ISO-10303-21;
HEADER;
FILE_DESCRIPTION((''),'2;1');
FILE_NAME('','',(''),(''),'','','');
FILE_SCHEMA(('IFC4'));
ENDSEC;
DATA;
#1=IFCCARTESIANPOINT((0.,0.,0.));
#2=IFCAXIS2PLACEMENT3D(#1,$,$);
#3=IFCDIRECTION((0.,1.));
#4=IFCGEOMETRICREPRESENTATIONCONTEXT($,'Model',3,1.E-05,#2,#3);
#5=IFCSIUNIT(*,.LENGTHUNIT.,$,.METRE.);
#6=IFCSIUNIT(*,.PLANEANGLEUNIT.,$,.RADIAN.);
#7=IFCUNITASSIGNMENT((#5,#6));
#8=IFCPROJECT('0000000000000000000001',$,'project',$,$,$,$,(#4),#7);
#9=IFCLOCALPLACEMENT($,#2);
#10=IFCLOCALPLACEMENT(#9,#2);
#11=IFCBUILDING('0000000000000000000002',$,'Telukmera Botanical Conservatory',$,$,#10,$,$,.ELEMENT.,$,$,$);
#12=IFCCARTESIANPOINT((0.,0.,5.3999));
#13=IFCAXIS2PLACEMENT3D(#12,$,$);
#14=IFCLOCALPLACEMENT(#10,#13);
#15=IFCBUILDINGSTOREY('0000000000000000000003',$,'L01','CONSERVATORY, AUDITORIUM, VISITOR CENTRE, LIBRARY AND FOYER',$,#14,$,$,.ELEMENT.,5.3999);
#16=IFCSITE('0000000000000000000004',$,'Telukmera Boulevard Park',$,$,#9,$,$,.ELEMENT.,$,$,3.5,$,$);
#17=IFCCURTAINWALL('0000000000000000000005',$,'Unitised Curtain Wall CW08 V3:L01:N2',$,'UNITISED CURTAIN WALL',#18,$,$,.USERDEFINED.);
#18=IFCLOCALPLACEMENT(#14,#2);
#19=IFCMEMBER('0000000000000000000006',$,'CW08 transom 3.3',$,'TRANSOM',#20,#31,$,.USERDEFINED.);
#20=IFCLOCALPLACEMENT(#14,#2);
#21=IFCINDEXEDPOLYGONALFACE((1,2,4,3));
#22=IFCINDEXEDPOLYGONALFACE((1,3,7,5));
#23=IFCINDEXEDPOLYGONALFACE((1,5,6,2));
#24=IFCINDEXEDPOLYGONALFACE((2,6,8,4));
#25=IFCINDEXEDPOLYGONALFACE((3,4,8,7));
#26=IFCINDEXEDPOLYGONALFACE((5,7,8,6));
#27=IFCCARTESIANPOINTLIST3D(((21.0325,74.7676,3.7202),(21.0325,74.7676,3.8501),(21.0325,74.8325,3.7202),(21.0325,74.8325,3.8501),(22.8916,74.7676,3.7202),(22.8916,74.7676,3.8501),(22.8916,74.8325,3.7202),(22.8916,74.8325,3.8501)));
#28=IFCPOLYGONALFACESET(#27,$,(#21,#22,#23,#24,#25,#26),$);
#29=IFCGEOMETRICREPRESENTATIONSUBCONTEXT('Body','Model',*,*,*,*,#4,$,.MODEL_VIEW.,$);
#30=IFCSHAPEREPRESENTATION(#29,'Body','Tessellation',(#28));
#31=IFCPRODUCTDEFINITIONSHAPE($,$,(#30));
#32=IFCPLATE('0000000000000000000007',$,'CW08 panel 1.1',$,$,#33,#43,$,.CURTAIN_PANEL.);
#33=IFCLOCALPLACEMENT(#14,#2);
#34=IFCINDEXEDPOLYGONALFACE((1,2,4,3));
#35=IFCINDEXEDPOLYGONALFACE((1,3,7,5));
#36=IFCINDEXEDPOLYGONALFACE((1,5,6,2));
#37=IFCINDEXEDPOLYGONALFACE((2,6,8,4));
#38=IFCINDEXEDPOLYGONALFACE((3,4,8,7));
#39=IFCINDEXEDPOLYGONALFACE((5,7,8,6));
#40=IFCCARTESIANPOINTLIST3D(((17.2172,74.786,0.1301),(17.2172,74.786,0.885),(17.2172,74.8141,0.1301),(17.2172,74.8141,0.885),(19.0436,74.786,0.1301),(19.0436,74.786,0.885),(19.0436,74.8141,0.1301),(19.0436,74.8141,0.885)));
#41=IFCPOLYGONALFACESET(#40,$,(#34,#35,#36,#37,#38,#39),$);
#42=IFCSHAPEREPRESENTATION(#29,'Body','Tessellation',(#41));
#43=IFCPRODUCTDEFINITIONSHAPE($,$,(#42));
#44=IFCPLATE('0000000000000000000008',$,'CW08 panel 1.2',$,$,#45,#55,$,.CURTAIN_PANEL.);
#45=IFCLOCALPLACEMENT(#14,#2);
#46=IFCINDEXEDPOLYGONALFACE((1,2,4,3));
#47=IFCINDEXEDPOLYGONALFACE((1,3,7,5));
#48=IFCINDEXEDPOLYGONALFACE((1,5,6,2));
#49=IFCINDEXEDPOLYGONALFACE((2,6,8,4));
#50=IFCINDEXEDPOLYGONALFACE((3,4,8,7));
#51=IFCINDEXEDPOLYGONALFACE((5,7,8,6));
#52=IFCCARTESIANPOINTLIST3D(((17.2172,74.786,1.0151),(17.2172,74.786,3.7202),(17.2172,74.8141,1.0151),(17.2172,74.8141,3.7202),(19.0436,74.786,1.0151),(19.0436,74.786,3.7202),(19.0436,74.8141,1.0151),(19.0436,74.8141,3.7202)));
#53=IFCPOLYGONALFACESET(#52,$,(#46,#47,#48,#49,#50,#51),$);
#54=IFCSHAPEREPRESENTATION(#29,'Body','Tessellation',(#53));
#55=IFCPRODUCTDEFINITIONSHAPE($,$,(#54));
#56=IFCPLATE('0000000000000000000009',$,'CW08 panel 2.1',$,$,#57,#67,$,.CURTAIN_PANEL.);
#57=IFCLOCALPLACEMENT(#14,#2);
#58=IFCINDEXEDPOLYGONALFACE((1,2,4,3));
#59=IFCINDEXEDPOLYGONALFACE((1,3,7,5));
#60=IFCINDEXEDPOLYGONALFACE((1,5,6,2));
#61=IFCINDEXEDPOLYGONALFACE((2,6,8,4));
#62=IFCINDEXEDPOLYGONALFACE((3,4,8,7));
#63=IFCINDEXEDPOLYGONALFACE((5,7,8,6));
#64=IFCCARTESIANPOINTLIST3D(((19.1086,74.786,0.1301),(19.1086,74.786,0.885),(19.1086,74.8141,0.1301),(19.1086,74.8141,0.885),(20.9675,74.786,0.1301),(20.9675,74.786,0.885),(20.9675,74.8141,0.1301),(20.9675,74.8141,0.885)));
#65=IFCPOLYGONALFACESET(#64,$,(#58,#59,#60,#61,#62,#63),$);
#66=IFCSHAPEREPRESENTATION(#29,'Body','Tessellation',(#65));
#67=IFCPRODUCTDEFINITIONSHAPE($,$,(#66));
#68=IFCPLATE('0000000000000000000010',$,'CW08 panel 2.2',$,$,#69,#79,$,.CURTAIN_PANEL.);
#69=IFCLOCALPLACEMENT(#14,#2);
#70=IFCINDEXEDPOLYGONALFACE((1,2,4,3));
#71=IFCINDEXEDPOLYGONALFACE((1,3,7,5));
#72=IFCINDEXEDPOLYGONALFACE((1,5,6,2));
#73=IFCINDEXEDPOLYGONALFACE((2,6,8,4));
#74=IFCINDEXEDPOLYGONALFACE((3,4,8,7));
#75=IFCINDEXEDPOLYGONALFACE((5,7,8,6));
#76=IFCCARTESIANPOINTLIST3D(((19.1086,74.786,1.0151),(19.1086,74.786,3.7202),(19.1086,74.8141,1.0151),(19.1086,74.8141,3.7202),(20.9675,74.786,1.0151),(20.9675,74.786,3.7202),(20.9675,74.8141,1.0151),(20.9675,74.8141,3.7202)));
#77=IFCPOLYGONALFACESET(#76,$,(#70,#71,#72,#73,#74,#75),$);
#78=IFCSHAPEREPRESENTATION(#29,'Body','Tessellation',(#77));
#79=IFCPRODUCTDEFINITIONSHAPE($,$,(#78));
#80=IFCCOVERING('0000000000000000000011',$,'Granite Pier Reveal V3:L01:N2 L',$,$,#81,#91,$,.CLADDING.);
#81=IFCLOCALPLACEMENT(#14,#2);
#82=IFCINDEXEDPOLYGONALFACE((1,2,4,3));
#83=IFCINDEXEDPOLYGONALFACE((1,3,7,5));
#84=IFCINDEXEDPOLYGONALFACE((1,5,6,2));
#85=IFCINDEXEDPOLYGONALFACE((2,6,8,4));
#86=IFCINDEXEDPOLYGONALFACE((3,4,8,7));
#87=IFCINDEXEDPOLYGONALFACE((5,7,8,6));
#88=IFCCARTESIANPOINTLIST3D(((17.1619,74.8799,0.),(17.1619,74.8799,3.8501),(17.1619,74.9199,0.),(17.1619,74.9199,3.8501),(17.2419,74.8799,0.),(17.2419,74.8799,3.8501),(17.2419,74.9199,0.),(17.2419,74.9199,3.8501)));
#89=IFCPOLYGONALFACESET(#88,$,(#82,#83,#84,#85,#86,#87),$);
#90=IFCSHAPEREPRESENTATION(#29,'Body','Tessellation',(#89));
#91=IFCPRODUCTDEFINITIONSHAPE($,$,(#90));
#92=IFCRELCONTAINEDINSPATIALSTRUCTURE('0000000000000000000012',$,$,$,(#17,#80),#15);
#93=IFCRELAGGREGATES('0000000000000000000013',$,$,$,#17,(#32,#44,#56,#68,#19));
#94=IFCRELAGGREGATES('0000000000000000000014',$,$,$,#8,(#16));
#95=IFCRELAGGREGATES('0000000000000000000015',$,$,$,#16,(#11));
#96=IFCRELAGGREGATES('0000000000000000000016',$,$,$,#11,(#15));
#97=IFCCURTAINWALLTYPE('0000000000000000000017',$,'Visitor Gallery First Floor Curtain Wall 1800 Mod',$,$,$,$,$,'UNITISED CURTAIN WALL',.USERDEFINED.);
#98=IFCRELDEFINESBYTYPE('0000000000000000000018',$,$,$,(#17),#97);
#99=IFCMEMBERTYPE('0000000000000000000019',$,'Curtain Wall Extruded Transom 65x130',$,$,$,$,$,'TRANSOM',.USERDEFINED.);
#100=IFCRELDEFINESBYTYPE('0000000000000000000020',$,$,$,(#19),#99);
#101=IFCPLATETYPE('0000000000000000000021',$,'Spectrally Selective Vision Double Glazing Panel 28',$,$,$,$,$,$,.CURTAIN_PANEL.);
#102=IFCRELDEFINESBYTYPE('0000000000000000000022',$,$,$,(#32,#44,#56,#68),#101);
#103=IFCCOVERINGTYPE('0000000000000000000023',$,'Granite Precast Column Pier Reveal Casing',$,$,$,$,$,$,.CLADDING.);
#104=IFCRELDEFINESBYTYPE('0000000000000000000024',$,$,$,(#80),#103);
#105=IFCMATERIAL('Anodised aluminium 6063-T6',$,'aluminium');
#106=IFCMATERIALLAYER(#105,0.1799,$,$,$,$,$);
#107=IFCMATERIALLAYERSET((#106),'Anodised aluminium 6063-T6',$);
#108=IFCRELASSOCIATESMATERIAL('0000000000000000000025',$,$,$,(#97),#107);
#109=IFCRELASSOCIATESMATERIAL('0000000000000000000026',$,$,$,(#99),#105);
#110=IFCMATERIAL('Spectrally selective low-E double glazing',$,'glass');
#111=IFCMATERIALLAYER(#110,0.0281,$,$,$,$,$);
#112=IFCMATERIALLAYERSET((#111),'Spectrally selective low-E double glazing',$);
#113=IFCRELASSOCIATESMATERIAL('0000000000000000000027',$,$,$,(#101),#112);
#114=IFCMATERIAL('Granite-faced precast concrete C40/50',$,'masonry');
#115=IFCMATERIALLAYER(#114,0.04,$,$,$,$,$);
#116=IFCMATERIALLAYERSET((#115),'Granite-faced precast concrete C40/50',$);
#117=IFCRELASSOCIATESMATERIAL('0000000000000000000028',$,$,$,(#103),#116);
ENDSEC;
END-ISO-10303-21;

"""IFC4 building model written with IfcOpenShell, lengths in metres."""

from ifc_helpers import new_model, si_unit, direction, frame, origin, origin_2d, place, context, subcontext, project, spatial, rectangle, extrude, material, layer, layer_set, material_profile, profile_set, type_object, element, aggregate, save


model = new_model("IFC4")

# Units and contexts
model_context = context("Model", 3, precision=1e-05, world=origin(), true_north=direction((0.0, 1.0)))
body_context = subcontext(model_context, "Body", "Model", "MODEL_VIEW")
ifc_project = project(units=[si_unit("LENGTHUNIT", "METRE"), si_unit("PLANEANGLEUNIT", "RADIAN")], contexts=[model_context])

# Site, building, storey
site_placement = place(None, origin())
site = spatial("IfcSite", under=ifc_project, at=site_placement, Name="Telukmera Boulevard Park", CompositionType="ELEMENT", RefElevation=3.5)
building_placement = place(site_placement, origin())
building = spatial("IfcBuilding", under=site, at=building_placement, Name="Telukmera Botanical Conservatory", CompositionType="ELEMENT")
storey_placement = place(building_placement, frame((0.0, 0.0, 5.3999)))
storey = spatial("IfcBuildingStorey", under=building, at=storey_placement, Name="L01", Description="CONSERVATORY, AUDITORIUM, VISITOR CENTRE, LIBRARY AND FOYER", CompositionType="ELEMENT", Elevation=5.3999)

# Shared definitions
ifc_material_1 = material(Name="Anodised aluminium 6063-T6", Category="aluminium")

# Curtain wall, member, plates
ifc_layer_1 = layer(ifc_material_1, 0.1799)
ifc_layer_set_1 = layer_set([ifc_layer_1], Name="Anodised aluminium 6063-T6")
curtain_wall_type_1 = type_object("IfcCurtainWallType", Name="Visitor Gallery First Floor Curtain Wall 1800 Mod", ElementType="UNITISED CURTAIN WALL", PredefinedType="USERDEFINED", material=ifc_layer_set_1)
curtain_wall_1_placement = place(storey_placement, origin())
curtain_wall_1 = element("IfcCurtainWall", 1, at=curtain_wall_1_placement, inside=storey, type_object=curtain_wall_type_1, Name="Unitised Curtain Wall CW08 V3:L01:N2", ObjectType="UNITISED CURTAIN WALL", PredefinedType="USERDEFINED")
ifc_material_profile_1 = material_profile(ifc_material_1, rectangle(XDim=0.0649, YDim=0.1299, at=origin_2d()), Name="ALU TRAN 65x130")
ifc_profile_set_1 = profile_set([ifc_material_profile_1], Name="Anodised aluminium 6063-T6")
member_type_1 = type_object("IfcMemberType", Name="Curtain Wall Extruded Transom 65x130", ElementType="TRANSOM", PredefinedType="USERDEFINED", material=ifc_profile_set_1)
member_1_placement = place(storey_placement, frame((21.0325, 74.8, 3.7852), z_axis=(1.0, 0.0, 0.0), x_axis=(0.0, 1.0, 0.0)))
member_1 = element("IfcMember", 2, at=member_1_placement, type_object=member_type_1, Name="CW08 transom 3.3", ObjectType="TRANSOM", PredefinedType="USERDEFINED", context=body_context, shape_type="SweptSolid", body=[
    extrude(rectangle(XDim=0.0649, YDim=0.1299, at=origin_2d()), origin(), (0.0, 0.0, 1.0), 1.8591),
])
ifc_material_2 = material(Name="Spectrally selective low-E double glazing", Category="glass")
ifc_layer_2 = layer(ifc_material_2, 0.0281)
ifc_layer_set_2 = layer_set([ifc_layer_2], Name="Spectrally selective low-E double glazing")
plate_type = type_object("IfcPlateType", Name="Spectrally Selective Vision Double Glazing Panel 28", PredefinedType="CURTAIN_PANEL", material=ifc_layer_set_2)
plate_1_placement = place(storey_placement, frame((18.1304, 74.8, 0.1301), z_axis=(0.0, 0.0, 1.0), x_axis=(1.0, 0.0, 0.0)))
plate_1 = element("IfcPlate", 3, at=plate_1_placement, type_object=plate_type, Name="CW08 panel 1.1", PredefinedType="CURTAIN_PANEL", context=body_context, shape_type="SweptSolid", body=[
    extrude(rectangle(XDim=1.8264, YDim=0.0281, at=origin_2d()), origin(), (0.0, 0.0, 1.0), 0.7549),
])
plate_2_placement = place(storey_placement, frame((18.1304, 74.8, 1.0151), z_axis=(0.0, 0.0, 1.0), x_axis=(1.0, 0.0, 0.0)))
plate_2 = element("IfcPlate", 4, at=plate_2_placement, type_object=plate_type, Name="CW08 panel 1.2", PredefinedType="CURTAIN_PANEL", context=body_context, shape_type="SweptSolid", body=[
    extrude(rectangle(XDim=1.8264, YDim=0.0281, at=origin_2d()), origin(), (0.0, 0.0, 1.0), 2.7051),
])
plate_3_placement = place(storey_placement, frame((20.0381, 74.8, 0.1301), z_axis=(0.0, 0.0, 1.0), x_axis=(1.0, 0.0, 0.0)))
plate_3 = element("IfcPlate", 5, at=plate_3_placement, type_object=plate_type, Name="CW08 panel 2.1", PredefinedType="CURTAIN_PANEL", context=body_context, shape_type="SweptSolid", body=[
    extrude(rectangle(XDim=1.8589, YDim=0.0281, at=origin_2d()), origin(), (0.0, 0.0, 1.0), 0.7549),
])
plate_4_placement = place(storey_placement, frame((20.0381, 74.8, 1.0151), z_axis=(0.0, 0.0, 1.0), x_axis=(1.0, 0.0, 0.0)))
plate_4 = element("IfcPlate", 6, at=plate_4_placement, type_object=plate_type, Name="CW08 panel 2.2", PredefinedType="CURTAIN_PANEL", context=body_context, shape_type="SweptSolid", body=[
    extrude(rectangle(XDim=1.8589, YDim=0.0281, at=origin_2d()), origin(), (0.0, 0.0, 1.0), 2.7051),
])
aggregate(curtain_wall_1, [plate_1, plate_2, plate_3, plate_4, member_1])

# Covering
ifc_material_3 = material(Name="Granite-faced precast concrete C40/50", Category="masonry")
ifc_layer_3 = layer(ifc_material_3, 0.04)
ifc_layer_set_3 = layer_set([ifc_layer_3], Name="Granite-faced precast concrete C40/50")
covering_type = type_object("IfcCoveringType", Name="Granite Precast Column Pier Reveal Casing", PredefinedType="CLADDING", material=ifc_layer_set_3)
covering_placement = place(storey_placement, frame((17.2019, 74.8999, 0.0), z_axis=(0.0, 0.0, 1.0), x_axis=(1.0, 0.0, 0.0)))
element("IfcCovering", 7, at=covering_placement, inside=storey, type_object=covering_type, Name="Granite Pier Reveal V3:L01:N2 L", PredefinedType="CLADDING", context=body_context, shape_type="SweptSolid", body=[
    extrude(rectangle(XDim=0.0801, YDim=0.04, at=origin_2d()), origin(), (0.0, 0.0, 1.0), 3.8501),
])

save(model, "model.ifc")
